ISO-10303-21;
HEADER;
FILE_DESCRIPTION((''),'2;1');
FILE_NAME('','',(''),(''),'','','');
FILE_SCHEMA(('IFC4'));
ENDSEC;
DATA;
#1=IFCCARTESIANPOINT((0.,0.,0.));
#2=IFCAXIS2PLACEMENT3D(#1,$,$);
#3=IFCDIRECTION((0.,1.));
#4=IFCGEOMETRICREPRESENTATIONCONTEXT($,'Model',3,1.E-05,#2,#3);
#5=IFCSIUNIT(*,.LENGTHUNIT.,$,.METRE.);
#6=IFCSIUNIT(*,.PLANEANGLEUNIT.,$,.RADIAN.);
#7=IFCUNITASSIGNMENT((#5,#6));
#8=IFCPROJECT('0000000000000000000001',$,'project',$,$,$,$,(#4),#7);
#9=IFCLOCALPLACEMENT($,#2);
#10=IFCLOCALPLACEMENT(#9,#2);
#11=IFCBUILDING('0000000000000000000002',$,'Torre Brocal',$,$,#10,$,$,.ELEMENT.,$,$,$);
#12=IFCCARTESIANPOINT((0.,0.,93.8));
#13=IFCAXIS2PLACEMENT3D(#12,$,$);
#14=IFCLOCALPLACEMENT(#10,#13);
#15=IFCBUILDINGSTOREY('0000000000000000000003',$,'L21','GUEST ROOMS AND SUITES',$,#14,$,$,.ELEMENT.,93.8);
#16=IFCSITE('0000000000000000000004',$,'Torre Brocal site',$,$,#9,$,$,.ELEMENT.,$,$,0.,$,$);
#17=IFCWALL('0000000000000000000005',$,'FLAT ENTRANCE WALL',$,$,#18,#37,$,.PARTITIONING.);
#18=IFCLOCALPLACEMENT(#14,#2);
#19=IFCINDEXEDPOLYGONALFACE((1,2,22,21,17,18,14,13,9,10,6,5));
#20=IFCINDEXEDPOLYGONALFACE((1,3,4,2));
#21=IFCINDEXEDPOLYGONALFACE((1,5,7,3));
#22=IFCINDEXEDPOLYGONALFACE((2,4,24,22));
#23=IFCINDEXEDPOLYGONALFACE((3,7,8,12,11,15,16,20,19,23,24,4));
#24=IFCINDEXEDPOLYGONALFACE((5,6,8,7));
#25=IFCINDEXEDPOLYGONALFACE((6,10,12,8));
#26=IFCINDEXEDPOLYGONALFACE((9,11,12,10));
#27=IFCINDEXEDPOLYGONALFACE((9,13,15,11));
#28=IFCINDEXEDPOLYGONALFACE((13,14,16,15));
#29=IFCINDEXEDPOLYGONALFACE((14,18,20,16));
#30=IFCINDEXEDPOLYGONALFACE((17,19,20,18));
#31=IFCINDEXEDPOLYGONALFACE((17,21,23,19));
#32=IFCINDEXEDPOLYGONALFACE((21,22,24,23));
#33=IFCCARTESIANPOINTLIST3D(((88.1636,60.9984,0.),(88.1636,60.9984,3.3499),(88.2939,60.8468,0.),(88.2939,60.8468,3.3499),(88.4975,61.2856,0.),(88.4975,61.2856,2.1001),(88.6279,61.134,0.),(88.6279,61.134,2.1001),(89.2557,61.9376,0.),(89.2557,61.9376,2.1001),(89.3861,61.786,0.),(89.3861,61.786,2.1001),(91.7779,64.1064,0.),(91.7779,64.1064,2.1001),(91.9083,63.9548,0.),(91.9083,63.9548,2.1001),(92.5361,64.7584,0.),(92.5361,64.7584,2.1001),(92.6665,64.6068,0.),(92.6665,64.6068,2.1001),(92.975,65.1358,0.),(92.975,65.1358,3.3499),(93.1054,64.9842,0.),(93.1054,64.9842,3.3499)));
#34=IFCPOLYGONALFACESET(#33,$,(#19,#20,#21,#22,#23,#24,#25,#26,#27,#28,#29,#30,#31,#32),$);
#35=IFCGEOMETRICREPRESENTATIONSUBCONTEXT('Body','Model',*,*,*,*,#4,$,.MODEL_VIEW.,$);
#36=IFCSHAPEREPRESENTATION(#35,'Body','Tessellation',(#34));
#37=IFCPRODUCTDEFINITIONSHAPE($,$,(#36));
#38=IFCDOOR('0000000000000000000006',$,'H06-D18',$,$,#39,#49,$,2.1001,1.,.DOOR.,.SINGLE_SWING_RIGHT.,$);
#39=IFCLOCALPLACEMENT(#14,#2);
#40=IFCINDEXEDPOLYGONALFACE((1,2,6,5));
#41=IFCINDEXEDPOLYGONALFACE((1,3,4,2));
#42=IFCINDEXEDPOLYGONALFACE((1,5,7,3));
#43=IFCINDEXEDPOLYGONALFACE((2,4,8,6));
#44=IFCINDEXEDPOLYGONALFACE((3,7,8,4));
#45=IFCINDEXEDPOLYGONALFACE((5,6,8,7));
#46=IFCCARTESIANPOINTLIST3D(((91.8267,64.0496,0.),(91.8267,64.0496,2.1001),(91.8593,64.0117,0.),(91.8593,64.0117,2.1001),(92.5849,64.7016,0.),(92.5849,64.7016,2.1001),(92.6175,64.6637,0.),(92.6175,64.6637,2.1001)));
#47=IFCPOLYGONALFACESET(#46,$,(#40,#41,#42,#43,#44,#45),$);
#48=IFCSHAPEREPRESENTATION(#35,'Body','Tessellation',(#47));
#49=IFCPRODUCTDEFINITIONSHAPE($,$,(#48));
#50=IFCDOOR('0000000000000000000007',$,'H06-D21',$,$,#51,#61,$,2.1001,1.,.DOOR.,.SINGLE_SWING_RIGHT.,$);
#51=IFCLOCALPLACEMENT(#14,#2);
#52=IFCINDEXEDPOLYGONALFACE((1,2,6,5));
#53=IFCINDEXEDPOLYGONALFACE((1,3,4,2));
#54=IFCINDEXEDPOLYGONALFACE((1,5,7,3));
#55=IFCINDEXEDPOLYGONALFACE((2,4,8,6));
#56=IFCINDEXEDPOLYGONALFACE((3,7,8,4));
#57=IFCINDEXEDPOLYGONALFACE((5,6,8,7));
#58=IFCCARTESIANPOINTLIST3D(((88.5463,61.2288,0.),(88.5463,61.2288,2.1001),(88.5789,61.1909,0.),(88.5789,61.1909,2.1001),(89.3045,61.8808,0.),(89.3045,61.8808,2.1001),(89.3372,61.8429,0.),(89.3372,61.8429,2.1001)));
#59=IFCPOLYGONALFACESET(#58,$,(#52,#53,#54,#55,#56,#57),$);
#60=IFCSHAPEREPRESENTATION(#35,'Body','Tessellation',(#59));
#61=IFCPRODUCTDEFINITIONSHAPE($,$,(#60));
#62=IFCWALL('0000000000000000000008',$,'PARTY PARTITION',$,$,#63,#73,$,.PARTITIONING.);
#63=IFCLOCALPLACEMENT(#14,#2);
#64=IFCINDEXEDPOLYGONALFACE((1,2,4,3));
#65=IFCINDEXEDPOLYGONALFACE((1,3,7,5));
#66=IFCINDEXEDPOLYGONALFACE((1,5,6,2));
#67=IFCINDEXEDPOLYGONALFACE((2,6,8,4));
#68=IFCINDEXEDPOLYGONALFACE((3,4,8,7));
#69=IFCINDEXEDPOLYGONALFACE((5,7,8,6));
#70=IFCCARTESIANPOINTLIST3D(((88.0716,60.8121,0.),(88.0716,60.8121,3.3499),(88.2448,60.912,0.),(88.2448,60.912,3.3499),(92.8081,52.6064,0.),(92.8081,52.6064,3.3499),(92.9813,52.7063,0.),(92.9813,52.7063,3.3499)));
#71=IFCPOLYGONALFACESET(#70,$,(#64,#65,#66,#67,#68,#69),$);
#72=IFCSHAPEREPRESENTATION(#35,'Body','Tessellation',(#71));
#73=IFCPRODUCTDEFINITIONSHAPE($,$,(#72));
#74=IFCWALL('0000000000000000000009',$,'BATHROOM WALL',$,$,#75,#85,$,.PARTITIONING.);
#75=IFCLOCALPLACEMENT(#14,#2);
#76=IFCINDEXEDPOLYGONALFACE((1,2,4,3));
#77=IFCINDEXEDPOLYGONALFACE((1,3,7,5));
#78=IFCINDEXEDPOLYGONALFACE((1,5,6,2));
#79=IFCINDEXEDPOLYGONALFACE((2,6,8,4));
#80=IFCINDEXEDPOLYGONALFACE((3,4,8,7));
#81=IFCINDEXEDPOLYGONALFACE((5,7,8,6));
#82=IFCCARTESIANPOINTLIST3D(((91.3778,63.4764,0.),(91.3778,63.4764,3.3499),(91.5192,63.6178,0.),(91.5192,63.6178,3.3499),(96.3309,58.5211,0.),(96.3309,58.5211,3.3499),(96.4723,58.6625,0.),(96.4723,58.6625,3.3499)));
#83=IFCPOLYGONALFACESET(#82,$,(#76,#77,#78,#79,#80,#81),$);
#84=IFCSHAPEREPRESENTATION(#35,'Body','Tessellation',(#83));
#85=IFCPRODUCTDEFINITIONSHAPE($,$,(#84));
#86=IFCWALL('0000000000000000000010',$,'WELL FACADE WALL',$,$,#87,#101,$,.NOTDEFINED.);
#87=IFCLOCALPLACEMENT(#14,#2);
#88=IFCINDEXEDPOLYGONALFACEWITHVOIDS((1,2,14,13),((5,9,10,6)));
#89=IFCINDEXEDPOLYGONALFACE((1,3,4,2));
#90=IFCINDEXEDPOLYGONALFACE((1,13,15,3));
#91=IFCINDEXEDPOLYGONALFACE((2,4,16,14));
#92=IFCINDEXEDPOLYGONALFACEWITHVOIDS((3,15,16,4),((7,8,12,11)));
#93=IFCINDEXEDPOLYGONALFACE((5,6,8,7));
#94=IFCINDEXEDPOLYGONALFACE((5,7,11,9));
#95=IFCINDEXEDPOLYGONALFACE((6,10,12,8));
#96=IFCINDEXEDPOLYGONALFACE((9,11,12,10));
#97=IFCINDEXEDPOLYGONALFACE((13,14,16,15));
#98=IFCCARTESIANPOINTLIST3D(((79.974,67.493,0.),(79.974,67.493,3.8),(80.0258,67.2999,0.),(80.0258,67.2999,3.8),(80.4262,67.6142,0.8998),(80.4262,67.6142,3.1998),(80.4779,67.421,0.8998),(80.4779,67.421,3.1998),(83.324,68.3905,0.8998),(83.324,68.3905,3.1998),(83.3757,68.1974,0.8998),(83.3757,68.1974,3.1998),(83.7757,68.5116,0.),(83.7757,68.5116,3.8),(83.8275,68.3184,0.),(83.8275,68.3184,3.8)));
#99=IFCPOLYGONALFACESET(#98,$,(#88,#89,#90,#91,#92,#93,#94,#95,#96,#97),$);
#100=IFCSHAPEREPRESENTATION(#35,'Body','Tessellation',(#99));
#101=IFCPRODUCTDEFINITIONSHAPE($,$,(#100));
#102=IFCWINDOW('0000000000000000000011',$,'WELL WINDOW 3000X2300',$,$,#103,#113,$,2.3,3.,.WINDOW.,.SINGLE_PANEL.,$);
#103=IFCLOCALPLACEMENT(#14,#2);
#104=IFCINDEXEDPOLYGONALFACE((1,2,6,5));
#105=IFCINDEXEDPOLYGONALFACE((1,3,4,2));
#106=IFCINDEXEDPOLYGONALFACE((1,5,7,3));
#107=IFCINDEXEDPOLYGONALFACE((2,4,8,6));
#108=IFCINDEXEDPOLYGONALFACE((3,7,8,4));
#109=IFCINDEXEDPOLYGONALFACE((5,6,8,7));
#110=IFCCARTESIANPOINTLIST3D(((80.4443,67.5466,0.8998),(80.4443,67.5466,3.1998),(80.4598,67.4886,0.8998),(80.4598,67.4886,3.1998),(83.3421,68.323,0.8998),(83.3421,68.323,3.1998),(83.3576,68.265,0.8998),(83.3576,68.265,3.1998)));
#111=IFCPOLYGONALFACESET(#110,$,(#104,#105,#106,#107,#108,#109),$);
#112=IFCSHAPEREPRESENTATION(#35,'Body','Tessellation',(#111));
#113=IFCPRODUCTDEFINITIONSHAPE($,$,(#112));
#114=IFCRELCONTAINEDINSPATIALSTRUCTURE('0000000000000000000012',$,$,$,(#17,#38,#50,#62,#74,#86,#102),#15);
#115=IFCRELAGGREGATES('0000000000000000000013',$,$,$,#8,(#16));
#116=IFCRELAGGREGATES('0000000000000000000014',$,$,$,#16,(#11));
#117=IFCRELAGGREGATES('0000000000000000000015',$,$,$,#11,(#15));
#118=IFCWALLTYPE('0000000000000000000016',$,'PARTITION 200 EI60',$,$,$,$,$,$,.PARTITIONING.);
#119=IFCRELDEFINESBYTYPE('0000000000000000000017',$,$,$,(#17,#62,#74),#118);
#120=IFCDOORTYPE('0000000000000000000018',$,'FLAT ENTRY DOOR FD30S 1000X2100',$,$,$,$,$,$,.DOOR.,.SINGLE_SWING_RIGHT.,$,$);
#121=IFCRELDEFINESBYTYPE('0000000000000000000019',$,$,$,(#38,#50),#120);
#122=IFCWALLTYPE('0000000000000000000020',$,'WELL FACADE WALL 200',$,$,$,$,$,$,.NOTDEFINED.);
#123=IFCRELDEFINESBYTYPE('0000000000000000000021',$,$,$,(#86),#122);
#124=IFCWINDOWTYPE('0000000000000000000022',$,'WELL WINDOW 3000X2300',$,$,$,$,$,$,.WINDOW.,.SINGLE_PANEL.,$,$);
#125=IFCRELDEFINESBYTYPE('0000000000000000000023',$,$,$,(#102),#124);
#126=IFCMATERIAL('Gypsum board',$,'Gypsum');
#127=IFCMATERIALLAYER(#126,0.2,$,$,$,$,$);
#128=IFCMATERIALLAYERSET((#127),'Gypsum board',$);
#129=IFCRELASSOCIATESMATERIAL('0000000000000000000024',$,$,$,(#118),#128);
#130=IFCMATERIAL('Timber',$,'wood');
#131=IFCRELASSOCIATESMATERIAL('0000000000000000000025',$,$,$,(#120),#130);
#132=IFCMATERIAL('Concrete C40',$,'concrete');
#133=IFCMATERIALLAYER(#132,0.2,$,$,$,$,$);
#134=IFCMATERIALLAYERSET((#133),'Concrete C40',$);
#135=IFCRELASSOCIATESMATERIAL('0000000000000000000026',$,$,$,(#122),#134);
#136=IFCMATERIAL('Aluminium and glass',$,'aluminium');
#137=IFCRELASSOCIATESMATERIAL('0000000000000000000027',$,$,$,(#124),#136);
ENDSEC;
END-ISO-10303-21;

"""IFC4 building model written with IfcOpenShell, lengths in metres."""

from ifc_helpers import new_model, si_unit, direction, frame, frame_2d, origin, place, context, subcontext, project, spatial, rectangle, extrude, material, layer, layer_set, type_object, element, fill, save


model = new_model("IFC4")

# Units and contexts
model_context = context("Model", 3, precision=1e-05, world=origin(), true_north=direction((0.0, 1.0)))
body_context = subcontext(model_context, "Body", "Model", "MODEL_VIEW")
ifc_project = project(units=[si_unit("LENGTHUNIT", "METRE"), si_unit("PLANEANGLEUNIT", "RADIAN")], contexts=[model_context])

# Site, building, storey
site_placement = place(None, origin())
site = spatial("IfcSite", under=ifc_project, at=site_placement, Name="Torre Brocal site", CompositionType="ELEMENT", RefElevation=0.0)
building_placement = place(site_placement, origin())
building = spatial("IfcBuilding", under=site, at=building_placement, Name="Torre Brocal", CompositionType="ELEMENT")
storey_placement = place(building_placement, frame((0.0, 0.0, 93.8)))
storey = spatial("IfcBuildingStorey", under=building, at=storey_placement, Name="L21", Description="GUEST ROOMS AND SUITES", CompositionType="ELEMENT", Elevation=93.8)

# Shared definitions
ifc_material_1 = material(Name="Gypsum board", Category="Gypsum")
ifc_layer_1 = layer(ifc_material_1, 0.2)
ifc_layer_set_1 = layer_set([ifc_layer_1], Name="Gypsum board")
wall_type_1 = type_object("IfcWallType", Name="PARTITION 200 EI60", PredefinedType="PARTITIONING", material=ifc_layer_set_1)

# Wall, openings, doors
wall_1_placement = place(storey_placement, frame((88.2288, 60.9226, 0.0), z_axis=(0.0, 0.0, 1.0), x_axis=(0.758221, 0.651998, 0.0)))
wall_1 = element("IfcWall", 1, at=wall_1_placement, inside=storey, type_object=wall_type_1, Name="FLAT ENTRANCE WALL", PredefinedType="PARTITIONING", context=body_context, shape_type="SweptSolid", body=[
    extrude(rectangle(XDim=6.3457, YDim=0.2, at=frame_2d((3.1729, 0.0))), origin(), (0.0, 0.0, 1.0), 3.3499),
])
opening_1_placement = place(wall_1_placement, frame((4.7668, 0.0, 0.0)))
opening_1 = element("IfcOpeningElement", 2, at=opening_1_placement, cuts=wall_1, PredefinedType="OPENING", context=body_context, shape_type="SweptSolid", body=[
    extrude(rectangle(XDim=1.0, YDim=2.1001, at=frame_2d((0.5, 1.05))), frame((0.0, 0.1099, 0.0), z_axis=(0.0, -1.0, 0.0), x_axis=(1.0, 0.0, 0.0)), (0.0, 0.0, 1.0), 0.22),
])
opening_2_placement = place(wall_1_placement, frame((0.4404, 0.0, 0.0)))
opening_2 = element("IfcOpeningElement", 3, at=opening_2_placement, cuts=wall_1, PredefinedType="OPENING", context=body_context, shape_type="SweptSolid", body=[
    extrude(rectangle(XDim=1.0, YDim=2.1001, at=frame_2d((0.5, 1.05))), frame((0.0, 0.1099, 0.0), z_axis=(0.0, -1.0, 0.0), x_axis=(1.0, 0.0, 0.0)), (0.0, 0.0, 1.0), 0.22),
])
ifc_material_2 = material(Name="Timber", Category="wood")
door_type_1 = type_object("IfcDoorType", Name="FLAT ENTRY DOOR FD30S 1000X2100", OperationType="SINGLE_SWING_RIGHT", PredefinedType="DOOR", material=ifc_material_2)
door_1_placement = place(opening_1_placement, frame((1.0, 0.0, 0.0), z_axis=(0.0, 0.0, 1.0), x_axis=(-1.0, 0.0, 0.0)))
door_1 = element("IfcDoor", 4, at=door_1_placement, inside=storey, type_object=door_type_1, Name="H06-D18", OperationType="SINGLE_SWING_RIGHT", OverallHeight=2.1001, OverallWidth=1.0, PredefinedType="DOOR", context=body_context, shape_type="SweptSolid", body=[
    extrude(rectangle(XDim=1.0, YDim=2.1001, at=frame_2d((0.5, 1.05))), frame((0.0, 0.0249, 0.0), z_axis=(0.0, -1.0, 0.0), x_axis=(1.0, 0.0, 0.0)), (0.0, 0.0, 1.0), 0.05),
])
fill(opening_1, door_1)
door_2_placement = place(opening_2_placement, frame((1.0, 0.0, 0.0), z_axis=(0.0, 0.0, 1.0), x_axis=(-1.0, 0.0, 0.0)))
door_2 = element("IfcDoor", 5, at=door_2_placement, inside=storey, type_object=door_type_1, Name="H06-D21", OperationType="SINGLE_SWING_RIGHT", OverallHeight=2.1001, OverallWidth=1.0, PredefinedType="DOOR", context=body_context, shape_type="SweptSolid", body=[
    extrude(rectangle(XDim=1.0, YDim=2.1001, at=frame_2d((0.5, 1.05))), frame((0.0, 0.0249, 0.0), z_axis=(0.0, -1.0, 0.0), x_axis=(1.0, 0.0, 0.0)), (0.0, 0.0, 1.0), 0.05),
])
fill(opening_2, door_2)

# Walls
wall_2_placement = place(storey_placement, frame((88.1582, 60.8621, 0.0), z_axis=(0.0, 0.0, 1.0), x_axis=(0.499917, -0.866074, 0.0)))
element("IfcWall", 6, at=wall_2_placement, inside=storey, type_object=wall_type_1, Name="PARTY PARTITION", PredefinedType="PARTITIONING", context=body_context, shape_type="SweptSolid", body=[
    extrude(rectangle(XDim=9.4746, YDim=0.2, at=frame_2d((4.7373, 0.0))), origin(), (0.0, 0.0, 1.0), 3.3499),
])
wall_3_placement = place(storey_placement, frame((91.4485, 63.5471, 0.0), z_axis=(0.0, 0.0, 1.0), x_axis=(0.70695, -0.707264, 0.0)))
element("IfcWall", 7, at=wall_3_placement, inside=storey, type_object=wall_type_1, Name="BATHROOM WALL", PredefinedType="PARTITIONING", context=body_context, shape_type="SweptSolid", body=[
    extrude(rectangle(XDim=7.0063, YDim=0.2, at=frame_2d((3.5032, 0.0))), origin(), (0.0, 0.0, 1.0), 3.3499),
])

# Wall, opening, window
ifc_material_3 = material(Name="Concrete C40", Category="concrete")
ifc_layer_2 = layer(ifc_material_3, 0.2)
ifc_layer_set_2 = layer_set([ifc_layer_2], Name="Concrete C40")
wall_type_2 = type_object("IfcWallType", Name="WELL FACADE WALL 200", PredefinedType="NOTDEFINED", material=ifc_layer_set_2)
wall_4_placement = place(storey_placement, frame((80.0, 67.3965, 0.0), z_axis=(0.0, 0.0, 1.0), x_axis=(0.965934, 0.25879, 0.0)))
wall_4 = element("IfcWall", 8, at=wall_4_placement, inside=storey, type_object=wall_type_2, Name="WELL FACADE WALL", PredefinedType="NOTDEFINED", context=body_context, shape_type="SweptSolid", body=[
    extrude(rectangle(XDim=3.9358, YDim=0.2, at=frame_2d((1.9678, 0.0))), origin(), (0.0, 0.0, 1.0), 3.8),
])
opening_3_placement = place(wall_4_placement, frame((0.468, 0.0, 0.8999)))
opening_3 = element("IfcOpeningElement", 9, at=opening_3_placement, cuts=wall_4, PredefinedType="OPENING", context=body_context, shape_type="SweptSolid", body=[
    extrude(rectangle(XDim=3.0, YDim=2.3, at=frame_2d((1.5, 1.1499))), frame((0.0, 0.1099, 0.0), z_axis=(0.0, -1.0, 0.0), x_axis=(1.0, 0.0, 0.0)), (0.0, 0.0, 1.0), 0.22),
])
ifc_material_4 = material(Name="Aluminium and glass", Category="aluminium")
window_type = type_object("IfcWindowType", Name="WELL WINDOW 3000X2300", PartitioningType="SINGLE_PANEL", PredefinedType="WINDOW", material=ifc_material_4)
window_placement = place(opening_3_placement, origin())
window = element("IfcWindow", 10, at=window_placement, inside=storey, type_object=window_type, Name="WELL WINDOW 3000X2300", OverallHeight=2.3, OverallWidth=3.0, PartitioningType="SINGLE_PANEL", PredefinedType="WINDOW", context=body_context, shape_type="SweptSolid", body=[
    extrude(rectangle(XDim=3.0, YDim=2.3, at=frame_2d((1.5, 1.1499))), frame((0.0, 0.03, 0.0), z_axis=(0.0, -1.0, 0.0), x_axis=(1.0, 0.0, 0.0)), (0.0, 0.0, 1.0), 0.0601),
])
fill(opening_3, window)

save(model, "model.ifc")
